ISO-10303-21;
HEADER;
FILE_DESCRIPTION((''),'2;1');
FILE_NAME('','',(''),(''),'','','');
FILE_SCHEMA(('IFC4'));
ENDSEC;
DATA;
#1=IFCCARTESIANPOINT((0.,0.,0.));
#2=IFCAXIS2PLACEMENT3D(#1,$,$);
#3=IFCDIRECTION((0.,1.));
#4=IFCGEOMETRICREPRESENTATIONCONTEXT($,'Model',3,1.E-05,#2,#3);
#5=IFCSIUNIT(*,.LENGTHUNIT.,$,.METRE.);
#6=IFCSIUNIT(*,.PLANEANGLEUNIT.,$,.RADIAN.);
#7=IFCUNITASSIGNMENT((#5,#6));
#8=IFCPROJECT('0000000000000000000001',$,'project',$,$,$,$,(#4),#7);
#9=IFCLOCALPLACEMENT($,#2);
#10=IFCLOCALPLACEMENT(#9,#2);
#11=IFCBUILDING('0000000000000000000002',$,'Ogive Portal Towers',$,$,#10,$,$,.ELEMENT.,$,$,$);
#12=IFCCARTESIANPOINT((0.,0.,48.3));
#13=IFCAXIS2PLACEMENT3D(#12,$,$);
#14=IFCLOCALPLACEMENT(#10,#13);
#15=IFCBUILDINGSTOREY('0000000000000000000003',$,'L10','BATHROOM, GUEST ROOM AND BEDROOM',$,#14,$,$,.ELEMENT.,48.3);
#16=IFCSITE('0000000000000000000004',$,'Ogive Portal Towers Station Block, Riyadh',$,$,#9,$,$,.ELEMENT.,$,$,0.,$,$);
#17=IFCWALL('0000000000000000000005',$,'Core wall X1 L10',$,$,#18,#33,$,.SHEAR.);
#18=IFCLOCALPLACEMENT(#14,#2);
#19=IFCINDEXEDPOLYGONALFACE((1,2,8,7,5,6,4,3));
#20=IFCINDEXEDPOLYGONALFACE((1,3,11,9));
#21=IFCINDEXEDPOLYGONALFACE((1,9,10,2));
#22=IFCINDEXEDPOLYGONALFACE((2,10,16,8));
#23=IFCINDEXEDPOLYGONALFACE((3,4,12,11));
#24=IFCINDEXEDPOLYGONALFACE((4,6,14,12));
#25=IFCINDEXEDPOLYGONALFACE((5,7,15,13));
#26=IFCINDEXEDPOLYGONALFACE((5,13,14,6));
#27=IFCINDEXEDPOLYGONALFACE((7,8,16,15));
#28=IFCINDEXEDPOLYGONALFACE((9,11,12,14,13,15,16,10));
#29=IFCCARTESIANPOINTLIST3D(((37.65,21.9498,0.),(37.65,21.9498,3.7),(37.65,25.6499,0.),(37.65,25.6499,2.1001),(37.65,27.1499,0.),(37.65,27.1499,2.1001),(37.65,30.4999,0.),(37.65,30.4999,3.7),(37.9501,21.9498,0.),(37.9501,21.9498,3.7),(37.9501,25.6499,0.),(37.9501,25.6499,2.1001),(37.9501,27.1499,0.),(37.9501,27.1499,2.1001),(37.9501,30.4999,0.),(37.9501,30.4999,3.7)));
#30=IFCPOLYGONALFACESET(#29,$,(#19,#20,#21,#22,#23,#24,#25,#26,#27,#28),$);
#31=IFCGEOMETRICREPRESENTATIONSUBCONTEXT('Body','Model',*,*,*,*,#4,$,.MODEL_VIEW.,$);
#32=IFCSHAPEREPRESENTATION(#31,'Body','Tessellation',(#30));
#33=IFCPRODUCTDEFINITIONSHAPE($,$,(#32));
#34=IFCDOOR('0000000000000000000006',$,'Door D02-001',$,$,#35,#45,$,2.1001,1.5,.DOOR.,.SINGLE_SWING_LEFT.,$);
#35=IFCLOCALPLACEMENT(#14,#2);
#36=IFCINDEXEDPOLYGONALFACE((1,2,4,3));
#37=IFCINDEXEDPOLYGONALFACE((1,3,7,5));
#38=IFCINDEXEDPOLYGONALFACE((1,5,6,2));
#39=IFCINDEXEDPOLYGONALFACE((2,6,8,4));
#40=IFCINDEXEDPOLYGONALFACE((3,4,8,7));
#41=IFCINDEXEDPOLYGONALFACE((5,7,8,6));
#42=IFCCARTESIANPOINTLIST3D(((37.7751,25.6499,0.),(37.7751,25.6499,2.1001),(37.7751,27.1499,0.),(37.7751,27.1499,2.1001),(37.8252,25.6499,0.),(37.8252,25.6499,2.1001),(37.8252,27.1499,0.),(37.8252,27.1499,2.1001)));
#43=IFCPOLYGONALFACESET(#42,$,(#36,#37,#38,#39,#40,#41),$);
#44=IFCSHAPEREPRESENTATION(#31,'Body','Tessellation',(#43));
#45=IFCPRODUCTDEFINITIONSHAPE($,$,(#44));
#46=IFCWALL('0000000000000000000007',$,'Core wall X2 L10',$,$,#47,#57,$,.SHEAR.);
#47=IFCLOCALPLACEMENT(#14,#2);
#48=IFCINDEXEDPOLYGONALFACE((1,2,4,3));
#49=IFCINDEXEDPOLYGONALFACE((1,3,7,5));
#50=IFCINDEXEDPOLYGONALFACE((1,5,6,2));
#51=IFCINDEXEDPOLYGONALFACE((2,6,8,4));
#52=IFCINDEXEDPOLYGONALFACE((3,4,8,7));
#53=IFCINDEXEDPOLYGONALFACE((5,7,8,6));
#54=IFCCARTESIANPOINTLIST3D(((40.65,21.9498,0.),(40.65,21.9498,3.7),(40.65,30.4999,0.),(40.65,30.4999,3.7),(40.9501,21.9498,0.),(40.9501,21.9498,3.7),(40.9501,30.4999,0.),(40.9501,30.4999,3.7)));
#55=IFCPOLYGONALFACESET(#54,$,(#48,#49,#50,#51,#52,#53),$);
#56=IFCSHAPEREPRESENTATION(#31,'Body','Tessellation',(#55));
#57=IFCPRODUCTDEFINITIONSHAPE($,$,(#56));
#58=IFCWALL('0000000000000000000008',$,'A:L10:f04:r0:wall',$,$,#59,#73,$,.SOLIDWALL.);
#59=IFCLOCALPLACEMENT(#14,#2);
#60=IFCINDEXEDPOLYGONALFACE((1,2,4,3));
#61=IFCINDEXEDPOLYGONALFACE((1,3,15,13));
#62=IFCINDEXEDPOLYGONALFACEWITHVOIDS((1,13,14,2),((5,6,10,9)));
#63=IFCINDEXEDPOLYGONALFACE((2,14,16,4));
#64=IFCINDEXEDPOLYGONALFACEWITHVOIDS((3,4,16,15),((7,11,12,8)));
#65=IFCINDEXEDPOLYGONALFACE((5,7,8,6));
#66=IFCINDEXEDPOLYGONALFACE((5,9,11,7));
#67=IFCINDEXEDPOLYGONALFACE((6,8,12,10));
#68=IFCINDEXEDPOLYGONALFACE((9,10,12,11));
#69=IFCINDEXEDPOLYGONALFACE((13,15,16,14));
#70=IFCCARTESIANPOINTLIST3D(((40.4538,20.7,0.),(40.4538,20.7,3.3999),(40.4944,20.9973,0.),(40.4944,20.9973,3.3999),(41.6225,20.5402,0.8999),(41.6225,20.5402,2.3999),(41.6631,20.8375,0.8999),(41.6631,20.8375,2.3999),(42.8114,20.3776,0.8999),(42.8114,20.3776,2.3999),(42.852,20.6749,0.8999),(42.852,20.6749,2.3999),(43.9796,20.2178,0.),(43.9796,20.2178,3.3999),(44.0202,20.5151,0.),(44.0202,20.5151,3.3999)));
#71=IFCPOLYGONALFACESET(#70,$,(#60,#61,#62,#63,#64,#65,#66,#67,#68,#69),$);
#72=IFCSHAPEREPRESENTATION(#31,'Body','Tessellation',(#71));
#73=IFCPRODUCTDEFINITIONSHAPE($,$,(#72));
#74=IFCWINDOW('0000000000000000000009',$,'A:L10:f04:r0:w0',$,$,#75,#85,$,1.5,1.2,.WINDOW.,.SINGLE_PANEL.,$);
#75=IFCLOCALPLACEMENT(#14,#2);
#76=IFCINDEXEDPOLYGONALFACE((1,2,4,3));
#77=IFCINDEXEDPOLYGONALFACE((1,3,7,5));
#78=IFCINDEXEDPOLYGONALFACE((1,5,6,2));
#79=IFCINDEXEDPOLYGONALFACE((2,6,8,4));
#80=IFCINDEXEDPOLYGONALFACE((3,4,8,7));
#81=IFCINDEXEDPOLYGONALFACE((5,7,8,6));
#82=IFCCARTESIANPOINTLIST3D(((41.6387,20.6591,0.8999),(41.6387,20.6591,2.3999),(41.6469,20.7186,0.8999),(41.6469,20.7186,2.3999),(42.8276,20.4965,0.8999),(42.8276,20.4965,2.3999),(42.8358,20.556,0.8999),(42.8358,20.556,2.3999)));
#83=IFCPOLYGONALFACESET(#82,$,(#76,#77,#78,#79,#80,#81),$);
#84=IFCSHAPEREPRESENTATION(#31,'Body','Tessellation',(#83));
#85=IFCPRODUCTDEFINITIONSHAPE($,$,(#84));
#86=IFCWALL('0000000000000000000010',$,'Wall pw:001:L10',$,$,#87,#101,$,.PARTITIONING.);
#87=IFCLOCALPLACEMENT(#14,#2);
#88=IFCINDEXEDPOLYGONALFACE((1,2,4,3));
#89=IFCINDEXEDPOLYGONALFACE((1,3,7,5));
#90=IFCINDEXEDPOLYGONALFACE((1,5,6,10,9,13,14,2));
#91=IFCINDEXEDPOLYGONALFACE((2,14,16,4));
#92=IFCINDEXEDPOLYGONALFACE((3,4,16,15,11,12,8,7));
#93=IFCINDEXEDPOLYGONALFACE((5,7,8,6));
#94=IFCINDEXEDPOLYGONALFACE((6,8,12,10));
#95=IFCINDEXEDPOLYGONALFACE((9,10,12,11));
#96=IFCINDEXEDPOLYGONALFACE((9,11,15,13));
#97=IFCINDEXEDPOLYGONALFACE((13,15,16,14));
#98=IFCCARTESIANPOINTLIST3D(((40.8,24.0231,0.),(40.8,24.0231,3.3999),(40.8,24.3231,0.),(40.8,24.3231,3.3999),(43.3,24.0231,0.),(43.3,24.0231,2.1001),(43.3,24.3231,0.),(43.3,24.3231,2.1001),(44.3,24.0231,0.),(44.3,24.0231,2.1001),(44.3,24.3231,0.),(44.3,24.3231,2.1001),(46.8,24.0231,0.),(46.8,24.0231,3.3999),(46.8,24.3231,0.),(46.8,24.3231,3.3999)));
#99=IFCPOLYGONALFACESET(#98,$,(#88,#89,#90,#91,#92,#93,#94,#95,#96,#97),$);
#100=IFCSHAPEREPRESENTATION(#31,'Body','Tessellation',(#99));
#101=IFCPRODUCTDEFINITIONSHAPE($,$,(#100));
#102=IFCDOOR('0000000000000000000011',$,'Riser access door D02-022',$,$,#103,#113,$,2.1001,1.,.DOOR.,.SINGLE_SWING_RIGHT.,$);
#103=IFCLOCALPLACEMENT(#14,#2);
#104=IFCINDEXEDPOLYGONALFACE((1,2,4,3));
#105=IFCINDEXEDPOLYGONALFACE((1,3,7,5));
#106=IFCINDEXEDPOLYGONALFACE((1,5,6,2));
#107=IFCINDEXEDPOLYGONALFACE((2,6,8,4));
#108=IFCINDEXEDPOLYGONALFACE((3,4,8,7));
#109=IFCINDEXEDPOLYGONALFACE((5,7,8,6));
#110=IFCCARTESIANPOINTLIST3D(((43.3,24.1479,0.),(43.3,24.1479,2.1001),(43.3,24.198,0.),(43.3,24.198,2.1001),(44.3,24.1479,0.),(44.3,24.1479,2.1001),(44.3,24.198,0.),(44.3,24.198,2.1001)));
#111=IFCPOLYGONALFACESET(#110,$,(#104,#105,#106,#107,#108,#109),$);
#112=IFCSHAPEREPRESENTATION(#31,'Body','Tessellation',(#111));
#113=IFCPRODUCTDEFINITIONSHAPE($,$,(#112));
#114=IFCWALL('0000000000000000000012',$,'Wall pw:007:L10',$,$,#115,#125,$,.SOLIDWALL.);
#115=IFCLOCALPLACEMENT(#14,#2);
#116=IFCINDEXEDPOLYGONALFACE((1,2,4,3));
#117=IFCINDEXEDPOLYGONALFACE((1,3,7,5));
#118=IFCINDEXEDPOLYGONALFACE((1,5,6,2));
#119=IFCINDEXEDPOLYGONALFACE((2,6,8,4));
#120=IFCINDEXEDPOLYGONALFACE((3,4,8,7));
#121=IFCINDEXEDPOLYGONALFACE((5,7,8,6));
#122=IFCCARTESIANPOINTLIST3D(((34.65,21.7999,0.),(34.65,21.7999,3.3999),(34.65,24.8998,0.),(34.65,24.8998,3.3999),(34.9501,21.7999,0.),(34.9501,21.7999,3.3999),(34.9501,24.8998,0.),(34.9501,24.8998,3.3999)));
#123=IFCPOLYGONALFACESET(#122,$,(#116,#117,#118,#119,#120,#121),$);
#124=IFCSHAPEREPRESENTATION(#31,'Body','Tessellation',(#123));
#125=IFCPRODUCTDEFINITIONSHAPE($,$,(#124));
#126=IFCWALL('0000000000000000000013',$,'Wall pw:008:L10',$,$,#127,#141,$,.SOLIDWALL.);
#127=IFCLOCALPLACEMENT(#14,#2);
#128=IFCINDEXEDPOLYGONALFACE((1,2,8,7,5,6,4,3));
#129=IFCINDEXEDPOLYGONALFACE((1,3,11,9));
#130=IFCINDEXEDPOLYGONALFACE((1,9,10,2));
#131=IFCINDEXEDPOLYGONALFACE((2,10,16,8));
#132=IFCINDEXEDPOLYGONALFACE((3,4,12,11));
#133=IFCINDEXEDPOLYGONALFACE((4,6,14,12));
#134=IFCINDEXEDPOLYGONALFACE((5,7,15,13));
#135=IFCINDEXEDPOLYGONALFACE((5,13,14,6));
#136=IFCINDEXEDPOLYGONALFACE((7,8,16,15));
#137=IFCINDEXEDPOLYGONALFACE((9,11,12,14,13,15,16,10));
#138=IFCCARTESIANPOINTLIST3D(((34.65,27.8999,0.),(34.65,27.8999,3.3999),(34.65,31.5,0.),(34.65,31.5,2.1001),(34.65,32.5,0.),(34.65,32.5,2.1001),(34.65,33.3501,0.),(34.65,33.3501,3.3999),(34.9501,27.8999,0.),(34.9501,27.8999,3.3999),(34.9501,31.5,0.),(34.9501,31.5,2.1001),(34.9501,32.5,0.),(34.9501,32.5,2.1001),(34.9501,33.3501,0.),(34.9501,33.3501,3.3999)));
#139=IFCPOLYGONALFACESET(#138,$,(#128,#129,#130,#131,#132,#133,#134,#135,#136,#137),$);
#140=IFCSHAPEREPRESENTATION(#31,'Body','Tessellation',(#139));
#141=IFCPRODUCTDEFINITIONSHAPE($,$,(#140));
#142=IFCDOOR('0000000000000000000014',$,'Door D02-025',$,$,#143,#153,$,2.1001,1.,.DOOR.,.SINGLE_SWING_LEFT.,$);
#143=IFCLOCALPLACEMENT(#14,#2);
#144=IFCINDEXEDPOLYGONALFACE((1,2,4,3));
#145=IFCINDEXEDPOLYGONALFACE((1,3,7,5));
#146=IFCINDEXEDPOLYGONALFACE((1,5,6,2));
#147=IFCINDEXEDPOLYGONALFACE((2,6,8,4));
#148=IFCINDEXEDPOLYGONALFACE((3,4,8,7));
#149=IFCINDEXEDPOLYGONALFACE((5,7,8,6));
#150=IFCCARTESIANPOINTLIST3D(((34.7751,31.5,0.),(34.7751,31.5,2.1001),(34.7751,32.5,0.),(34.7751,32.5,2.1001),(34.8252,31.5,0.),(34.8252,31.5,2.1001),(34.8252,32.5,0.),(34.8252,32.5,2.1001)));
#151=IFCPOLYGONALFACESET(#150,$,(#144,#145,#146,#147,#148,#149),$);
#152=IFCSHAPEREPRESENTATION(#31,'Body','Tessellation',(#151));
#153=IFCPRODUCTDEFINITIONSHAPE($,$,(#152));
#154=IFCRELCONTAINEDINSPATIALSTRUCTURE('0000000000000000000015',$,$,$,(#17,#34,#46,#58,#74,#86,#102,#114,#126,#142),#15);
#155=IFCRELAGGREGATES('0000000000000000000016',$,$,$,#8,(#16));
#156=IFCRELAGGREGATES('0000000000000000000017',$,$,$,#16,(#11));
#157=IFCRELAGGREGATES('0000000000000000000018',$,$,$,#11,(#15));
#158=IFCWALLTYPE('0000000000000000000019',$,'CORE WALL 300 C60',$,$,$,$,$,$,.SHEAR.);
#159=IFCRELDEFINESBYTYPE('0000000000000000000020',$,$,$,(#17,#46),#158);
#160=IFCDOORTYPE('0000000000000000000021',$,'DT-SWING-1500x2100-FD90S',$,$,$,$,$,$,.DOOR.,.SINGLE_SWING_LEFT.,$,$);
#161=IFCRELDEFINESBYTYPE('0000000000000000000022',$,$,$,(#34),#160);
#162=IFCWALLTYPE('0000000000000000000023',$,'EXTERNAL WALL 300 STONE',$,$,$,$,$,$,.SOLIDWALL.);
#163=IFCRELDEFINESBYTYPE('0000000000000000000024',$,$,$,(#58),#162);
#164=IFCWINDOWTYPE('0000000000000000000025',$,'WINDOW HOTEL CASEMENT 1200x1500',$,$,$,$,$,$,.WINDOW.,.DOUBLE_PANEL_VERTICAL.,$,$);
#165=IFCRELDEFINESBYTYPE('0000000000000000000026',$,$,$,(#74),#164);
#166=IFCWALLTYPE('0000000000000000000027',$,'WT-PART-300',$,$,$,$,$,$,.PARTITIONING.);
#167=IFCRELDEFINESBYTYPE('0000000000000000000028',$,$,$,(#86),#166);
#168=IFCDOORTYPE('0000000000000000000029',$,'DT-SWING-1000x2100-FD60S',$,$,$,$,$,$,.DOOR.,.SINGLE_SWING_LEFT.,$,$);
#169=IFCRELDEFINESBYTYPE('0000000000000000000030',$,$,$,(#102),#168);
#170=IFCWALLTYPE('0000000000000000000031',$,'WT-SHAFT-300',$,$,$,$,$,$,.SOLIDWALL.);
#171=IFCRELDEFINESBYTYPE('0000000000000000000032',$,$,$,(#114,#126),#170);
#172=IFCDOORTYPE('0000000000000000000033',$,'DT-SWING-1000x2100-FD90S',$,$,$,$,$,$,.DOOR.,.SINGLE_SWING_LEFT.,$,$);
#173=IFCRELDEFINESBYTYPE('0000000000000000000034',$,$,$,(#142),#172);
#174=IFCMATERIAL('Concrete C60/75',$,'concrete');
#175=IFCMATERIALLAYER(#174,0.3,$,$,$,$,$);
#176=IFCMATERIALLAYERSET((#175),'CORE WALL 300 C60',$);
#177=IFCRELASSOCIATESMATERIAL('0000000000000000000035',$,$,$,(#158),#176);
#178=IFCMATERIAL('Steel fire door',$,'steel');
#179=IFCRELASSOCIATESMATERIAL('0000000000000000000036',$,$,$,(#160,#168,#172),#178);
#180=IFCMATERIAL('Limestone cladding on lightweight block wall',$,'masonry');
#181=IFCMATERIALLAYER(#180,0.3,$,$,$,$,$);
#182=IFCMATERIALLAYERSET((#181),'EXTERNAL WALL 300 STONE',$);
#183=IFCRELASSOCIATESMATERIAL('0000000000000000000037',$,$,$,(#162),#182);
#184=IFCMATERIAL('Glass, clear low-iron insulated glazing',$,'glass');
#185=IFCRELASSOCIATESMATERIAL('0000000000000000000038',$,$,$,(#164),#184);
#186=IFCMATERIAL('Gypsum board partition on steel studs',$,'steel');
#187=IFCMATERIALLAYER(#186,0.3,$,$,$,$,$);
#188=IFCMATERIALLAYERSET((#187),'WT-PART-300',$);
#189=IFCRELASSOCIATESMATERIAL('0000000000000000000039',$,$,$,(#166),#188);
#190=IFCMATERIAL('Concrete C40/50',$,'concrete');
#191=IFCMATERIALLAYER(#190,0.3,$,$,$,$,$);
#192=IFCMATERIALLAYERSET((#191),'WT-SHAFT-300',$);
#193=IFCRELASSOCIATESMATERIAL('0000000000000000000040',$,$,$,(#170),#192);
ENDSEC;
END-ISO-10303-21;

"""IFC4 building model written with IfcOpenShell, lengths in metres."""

from ifc_helpers import new_model, si_unit, direction, frame, frame_2d, origin, place, context, subcontext, project, spatial, rectangle, extrude, material, layer, layer_set, type_object, element, fill, save


model = new_model("IFC4")

# Units and contexts
model_context = context("Model", 3, precision=1e-05, world=origin(), true_north=direction((0.0, 1.0)))
body_context = subcontext(model_context, "Body", "Model", "MODEL_VIEW")
ifc_project = project(units=[si_unit("LENGTHUNIT", "METRE"), si_unit("PLANEANGLEUNIT", "RADIAN")], contexts=[model_context])

# Site, building, storey
site_placement = place(None, origin())
site = spatial("IfcSite", under=ifc_project, at=site_placement, Name="Ogive Portal Towers Station Block, Riyadh", CompositionType="ELEMENT", RefElevation=0.0)
building_placement = place(site_placement, origin())
building = spatial("IfcBuilding", under=site, at=building_placement, Name="Ogive Portal Towers", CompositionType="ELEMENT")
storey_placement = place(building_placement, frame((0.0, 0.0, 48.3)))
storey = spatial("IfcBuildingStorey", under=building, at=storey_placement, Name="L10", Description="BATHROOM, GUEST ROOM AND BEDROOM", CompositionType="ELEMENT", Elevation=48.3)

# Wall, opening, door
ifc_material_1 = material(Name="Concrete C60/75", Category="concrete")
ifc_layer_1 = layer(ifc_material_1, 0.3)
ifc_layer_set_1 = layer_set([ifc_layer_1], Name="CORE WALL 300 C60")
wall_type_1 = type_object("IfcWallType", Name="CORE WALL 300 C60", PredefinedType="SHEAR", material=ifc_layer_set_1)
wall_1_placement = place(storey_placement, frame((37.8, 21.95, 0.0), z_axis=(0.0, 0.0, 1.0), x_axis=(0.0, 1.0, 0.0)))
wall_1 = element("IfcWall", 1, at=wall_1_placement, inside=storey, type_object=wall_type_1, Name="Core wall X1 L10", PredefinedType="SHEAR", context=body_context, shape_type="SweptSolid", body=[
    extrude(rectangle(XDim=8.55, YDim=0.3, at=frame_2d((4.2749, 0.0))), origin(), (0.0, 0.0, 1.0), 3.7),
])
opening_1_placement = place(wall_1_placement, frame((3.7, 0.0, 0.0)))
opening_1 = element("IfcOpeningElement", 2, at=opening_1_placement, cuts=wall_1, PredefinedType="OPENING", context=body_context, shape_type="SweptSolid", body=[
    extrude(rectangle(XDim=1.5, YDim=2.1001, at=frame_2d((0.75, 1.05))), frame((0.0, 0.1602, 0.0), z_axis=(0.0, -1.0, 0.0), x_axis=(1.0, 0.0, 0.0)), (0.0, 0.0, 1.0), 0.3201),
])
ifc_material_2 = material(Name="Steel fire door", Category="steel")
door_type_1 = type_object("IfcDoorType", Name="DT-SWING-1500x2100-FD90S", OperationType="SINGLE_SWING_LEFT", PredefinedType="DOOR", material=ifc_material_2)
door_1_placement = place(opening_1_placement, origin())
door_1 = element("IfcDoor", 3, at=door_1_placement, inside=storey, type_object=door_type_1, Name="Door D02-001", OperationType="SINGLE_SWING_LEFT", OverallHeight=2.1001, OverallWidth=1.5, PredefinedType="DOOR", context=body_context, shape_type="SweptSolid", body=[
    extrude(rectangle(XDim=1.5, YDim=2.1001, at=frame_2d((0.75, 1.05))), frame((0.0, 0.0249, 0.0), z_axis=(0.0, -1.0, 0.0), x_axis=(1.0, 0.0, 0.0)), (0.0, 0.0, 1.0), 0.05),
])
fill(opening_1, door_1)

# Wall
wall_2_placement = place(storey_placement, frame((40.8, 21.95, 0.0), z_axis=(0.0, 0.0, 1.0), x_axis=(0.0, 1.0, 0.0)))
element("IfcWall", 4, at=wall_2_placement, inside=storey, type_object=wall_type_1, Name="Core wall X2 L10", PredefinedType="SHEAR", context=body_context, shape_type="SweptSolid", body=[
    extrude(rectangle(XDim=8.55, YDim=0.3, at=frame_2d((4.2749, 0.0))), origin(), (0.0, 0.0, 1.0), 3.7),
])

# Wall, opening, window
ifc_material_3 = material(Name="Limestone cladding on lightweight block wall", Category="masonry")
ifc_layer_2 = layer(ifc_material_3, 0.3)
ifc_layer_set_2 = layer_set([ifc_layer_2], Name="EXTERNAL WALL 300 STONE")
wall_type_2 = type_object("IfcWallType", Name="EXTERNAL WALL 300 STONE", PredefinedType="SOLIDWALL", material=ifc_layer_set_2)
wall_3_placement = place(storey_placement, frame((40.4741, 20.8486, 0.0), z_axis=(0.0, 0.0, 1.0), x_axis=(0.990778, -0.135493, 0.0)))
wall_3 = element("IfcWall", 5, at=wall_3_placement, inside=storey, type_object=wall_type_2, Name="A:L10:f04:r0:wall", PredefinedType="SOLIDWALL", context=body_context, shape_type="SweptSolid", body=[
    extrude(rectangle(XDim=3.5586, YDim=0.3, at=frame_2d((1.7793, 0.0))), origin(), (0.0, 0.0, 1.0), 3.3999),
])
opening_2_placement = place(wall_3_placement, frame((1.1794, 0.0, 0.8999)))
opening_2 = element("IfcOpeningElement", 6, at=opening_2_placement, cuts=wall_3, PredefinedType="OPENING", context=body_context, shape_type="SweptSolid", body=[
    extrude(rectangle(XDim=1.2, YDim=1.5, at=frame_2d((0.6001, 0.75))), frame((0.0, 0.1602, 0.0), z_axis=(0.0, -1.0, 0.0), x_axis=(1.0, 0.0, 0.0)), (0.0, 0.0, 1.0), 0.3201),
])
ifc_material_4 = material(Name="Glass, clear low-iron insulated glazing", Category="glass")
window_type = type_object("IfcWindowType", Name="WINDOW HOTEL CASEMENT 1200x1500", PartitioningType="DOUBLE_PANEL_VERTICAL", PredefinedType="WINDOW", material=ifc_material_4)
window_placement = place(opening_2_placement, origin())
window = element("IfcWindow", 7, at=window_placement, inside=storey, type_object=window_type, Name="A:L10:f04:r0:w0", OverallHeight=1.5, OverallWidth=1.2, PartitioningType="SINGLE_PANEL", PredefinedType="WINDOW", context=body_context, shape_type="SweptSolid", body=[
    extrude(rectangle(XDim=1.2, YDim=1.5, at=frame_2d((0.6001, 0.75))), frame((0.0, 0.03, 0.0), z_axis=(0.0, -1.0, 0.0), x_axis=(1.0, 0.0, 0.0)), (0.0, 0.0, 1.0), 0.0601),
])
fill(opening_2, window)

# Wall, opening, door
ifc_material_5 = material(Name="Gypsum board partition on steel studs", Category="steel")
ifc_layer_3 = layer(ifc_material_5, 0.3)
ifc_layer_set_3 = layer_set([ifc_layer_3], Name="WT-PART-300")
wall_type_3 = type_object("IfcWallType", Name="WT-PART-300", PredefinedType="PARTITIONING", material=ifc_layer_set_3)
wall_4_placement = place(storey_placement, frame((40.8, 24.1731, 0.0), z_axis=(0.0, 0.0, 1.0), x_axis=(1.0, 0.0, 0.0)))
wall_4 = element("IfcWall", 8, at=wall_4_placement, inside=storey, type_object=wall_type_3, Name="Wall pw:001:L10", PredefinedType="PARTITIONING", context=body_context, shape_type="SweptSolid", body=[
    extrude(rectangle(XDim=6.0, YDim=0.3, at=frame_2d((3.0, 0.0))), origin(), (0.0, 0.0, 1.0), 3.3999),
])
opening_3_placement = place(wall_4_placement, frame((2.5, 0.0, 0.0)))
opening_3 = element("IfcOpeningElement", 9, at=opening_3_placement, cuts=wall_4, PredefinedType="OPENING", context=body_context, shape_type="SweptSolid", body=[
    extrude(rectangle(XDim=1.0, YDim=2.1001, at=frame_2d((0.5, 1.05))), frame((0.0, 0.1602, 0.0), z_axis=(0.0, -1.0, 0.0), x_axis=(1.0, 0.0, 0.0)), (0.0, 0.0, 1.0), 0.3201),
])
door_type_2 = type_object("IfcDoorType", Name="DT-SWING-1000x2100-FD60S", OperationType="SINGLE_SWING_LEFT", PredefinedType="DOOR", material=ifc_material_2)
door_2_placement = place(opening_3_placement, origin())
door_2 = element("IfcDoor", 10, at=door_2_placement, inside=storey, type_object=door_type_2, Name="Riser access door D02-022", OperationType="SINGLE_SWING_RIGHT", OverallHeight=2.1001, OverallWidth=1.0, PredefinedType="DOOR", context=body_context, shape_type="SweptSolid", body=[
    extrude(rectangle(XDim=1.0, YDim=2.1001, at=frame_2d((0.5, 1.05))), frame((0.0, 0.0249, 0.0), z_axis=(0.0, -1.0, 0.0), x_axis=(1.0, 0.0, 0.0)), (0.0, 0.0, 1.0), 0.05),
])
fill(opening_3, door_2)

# Wall
ifc_material_6 = material(Name="Concrete C40/50", Category="concrete")
ifc_layer_4 = layer(ifc_material_6, 0.3)
ifc_layer_set_4 = layer_set([ifc_layer_4], Name="WT-SHAFT-300")
wall_type_4 = type_object("IfcWallType", Name="WT-SHAFT-300", PredefinedType="SOLIDWALL", material=ifc_layer_set_4)
wall_5_placement = place(storey_placement, frame((34.8, 21.8, 0.0), z_axis=(0.0, 0.0, 1.0), x_axis=(0.0, 1.0, 0.0)))
element("IfcWall", 11, at=wall_5_placement, inside=storey, type_object=wall_type_4, Name="Wall pw:007:L10", PredefinedType="SOLIDWALL", context=body_context, shape_type="SweptSolid", body=[
    extrude(rectangle(XDim=3.0999, YDim=0.3, at=frame_2d((1.5498, 0.0))), origin(), (0.0, 0.0, 1.0), 3.3999),
])

# Wall, opening, door
wall_6_placement = place(storey_placement, frame((34.8, 27.8999, 0.0), z_axis=(0.0, 0.0, 1.0), x_axis=(0.0, 1.0, 0.0)))
wall_6 = element("IfcWall", 12, at=wall_6_placement, inside=storey, type_object=wall_type_4, Name="Wall pw:008:L10", PredefinedType="SOLIDWALL", context=body_context, shape_type="SweptSolid", body=[
    extrude(rectangle(XDim=5.4502, YDim=0.3, at=frame_2d((2.7251, 0.0))), origin(), (0.0, 0.0, 1.0), 3.3999),
])
opening_4_placement = place(wall_6_placement, frame((3.6001, 0.0, 0.0)))
opening_4 = element("IfcOpeningElement", 13, at=opening_4_placement, cuts=wall_6, PredefinedType="OPENING", context=body_context, shape_type="SweptSolid", body=[
    extrude(rectangle(XDim=1.0, YDim=2.1001, at=frame_2d((0.5, 1.05))), frame((0.0, 0.1602, 0.0), z_axis=(0.0, -1.0, 0.0), x_axis=(1.0, 0.0, 0.0)), (0.0, 0.0, 1.0), 0.3201),
])
door_type_3 = type_object("IfcDoorType", Name="DT-SWING-1000x2100-FD90S", OperationType="SINGLE_SWING_LEFT", PredefinedType="DOOR", material=ifc_material_2)
door_3_placement = place(opening_4_placement, origin())
door_3 = element("IfcDoor", 14, at=door_3_placement, inside=storey, type_object=door_type_3, Name="Door D02-025", OperationType="SINGLE_SWING_LEFT", OverallHeight=2.1001, OverallWidth=1.0, PredefinedType="DOOR", context=body_context, shape_type="SweptSolid", body=[
    extrude(rectangle(XDim=1.0, YDim=2.1001, at=frame_2d((0.5, 1.05))), frame((0.0, 0.0249, 0.0), z_axis=(0.0, -1.0, 0.0), x_axis=(1.0, 0.0, 0.0)), (0.0, 0.0, 1.0), 0.05),
])
fill(opening_4, door_3)

save(model, "model.ifc")
